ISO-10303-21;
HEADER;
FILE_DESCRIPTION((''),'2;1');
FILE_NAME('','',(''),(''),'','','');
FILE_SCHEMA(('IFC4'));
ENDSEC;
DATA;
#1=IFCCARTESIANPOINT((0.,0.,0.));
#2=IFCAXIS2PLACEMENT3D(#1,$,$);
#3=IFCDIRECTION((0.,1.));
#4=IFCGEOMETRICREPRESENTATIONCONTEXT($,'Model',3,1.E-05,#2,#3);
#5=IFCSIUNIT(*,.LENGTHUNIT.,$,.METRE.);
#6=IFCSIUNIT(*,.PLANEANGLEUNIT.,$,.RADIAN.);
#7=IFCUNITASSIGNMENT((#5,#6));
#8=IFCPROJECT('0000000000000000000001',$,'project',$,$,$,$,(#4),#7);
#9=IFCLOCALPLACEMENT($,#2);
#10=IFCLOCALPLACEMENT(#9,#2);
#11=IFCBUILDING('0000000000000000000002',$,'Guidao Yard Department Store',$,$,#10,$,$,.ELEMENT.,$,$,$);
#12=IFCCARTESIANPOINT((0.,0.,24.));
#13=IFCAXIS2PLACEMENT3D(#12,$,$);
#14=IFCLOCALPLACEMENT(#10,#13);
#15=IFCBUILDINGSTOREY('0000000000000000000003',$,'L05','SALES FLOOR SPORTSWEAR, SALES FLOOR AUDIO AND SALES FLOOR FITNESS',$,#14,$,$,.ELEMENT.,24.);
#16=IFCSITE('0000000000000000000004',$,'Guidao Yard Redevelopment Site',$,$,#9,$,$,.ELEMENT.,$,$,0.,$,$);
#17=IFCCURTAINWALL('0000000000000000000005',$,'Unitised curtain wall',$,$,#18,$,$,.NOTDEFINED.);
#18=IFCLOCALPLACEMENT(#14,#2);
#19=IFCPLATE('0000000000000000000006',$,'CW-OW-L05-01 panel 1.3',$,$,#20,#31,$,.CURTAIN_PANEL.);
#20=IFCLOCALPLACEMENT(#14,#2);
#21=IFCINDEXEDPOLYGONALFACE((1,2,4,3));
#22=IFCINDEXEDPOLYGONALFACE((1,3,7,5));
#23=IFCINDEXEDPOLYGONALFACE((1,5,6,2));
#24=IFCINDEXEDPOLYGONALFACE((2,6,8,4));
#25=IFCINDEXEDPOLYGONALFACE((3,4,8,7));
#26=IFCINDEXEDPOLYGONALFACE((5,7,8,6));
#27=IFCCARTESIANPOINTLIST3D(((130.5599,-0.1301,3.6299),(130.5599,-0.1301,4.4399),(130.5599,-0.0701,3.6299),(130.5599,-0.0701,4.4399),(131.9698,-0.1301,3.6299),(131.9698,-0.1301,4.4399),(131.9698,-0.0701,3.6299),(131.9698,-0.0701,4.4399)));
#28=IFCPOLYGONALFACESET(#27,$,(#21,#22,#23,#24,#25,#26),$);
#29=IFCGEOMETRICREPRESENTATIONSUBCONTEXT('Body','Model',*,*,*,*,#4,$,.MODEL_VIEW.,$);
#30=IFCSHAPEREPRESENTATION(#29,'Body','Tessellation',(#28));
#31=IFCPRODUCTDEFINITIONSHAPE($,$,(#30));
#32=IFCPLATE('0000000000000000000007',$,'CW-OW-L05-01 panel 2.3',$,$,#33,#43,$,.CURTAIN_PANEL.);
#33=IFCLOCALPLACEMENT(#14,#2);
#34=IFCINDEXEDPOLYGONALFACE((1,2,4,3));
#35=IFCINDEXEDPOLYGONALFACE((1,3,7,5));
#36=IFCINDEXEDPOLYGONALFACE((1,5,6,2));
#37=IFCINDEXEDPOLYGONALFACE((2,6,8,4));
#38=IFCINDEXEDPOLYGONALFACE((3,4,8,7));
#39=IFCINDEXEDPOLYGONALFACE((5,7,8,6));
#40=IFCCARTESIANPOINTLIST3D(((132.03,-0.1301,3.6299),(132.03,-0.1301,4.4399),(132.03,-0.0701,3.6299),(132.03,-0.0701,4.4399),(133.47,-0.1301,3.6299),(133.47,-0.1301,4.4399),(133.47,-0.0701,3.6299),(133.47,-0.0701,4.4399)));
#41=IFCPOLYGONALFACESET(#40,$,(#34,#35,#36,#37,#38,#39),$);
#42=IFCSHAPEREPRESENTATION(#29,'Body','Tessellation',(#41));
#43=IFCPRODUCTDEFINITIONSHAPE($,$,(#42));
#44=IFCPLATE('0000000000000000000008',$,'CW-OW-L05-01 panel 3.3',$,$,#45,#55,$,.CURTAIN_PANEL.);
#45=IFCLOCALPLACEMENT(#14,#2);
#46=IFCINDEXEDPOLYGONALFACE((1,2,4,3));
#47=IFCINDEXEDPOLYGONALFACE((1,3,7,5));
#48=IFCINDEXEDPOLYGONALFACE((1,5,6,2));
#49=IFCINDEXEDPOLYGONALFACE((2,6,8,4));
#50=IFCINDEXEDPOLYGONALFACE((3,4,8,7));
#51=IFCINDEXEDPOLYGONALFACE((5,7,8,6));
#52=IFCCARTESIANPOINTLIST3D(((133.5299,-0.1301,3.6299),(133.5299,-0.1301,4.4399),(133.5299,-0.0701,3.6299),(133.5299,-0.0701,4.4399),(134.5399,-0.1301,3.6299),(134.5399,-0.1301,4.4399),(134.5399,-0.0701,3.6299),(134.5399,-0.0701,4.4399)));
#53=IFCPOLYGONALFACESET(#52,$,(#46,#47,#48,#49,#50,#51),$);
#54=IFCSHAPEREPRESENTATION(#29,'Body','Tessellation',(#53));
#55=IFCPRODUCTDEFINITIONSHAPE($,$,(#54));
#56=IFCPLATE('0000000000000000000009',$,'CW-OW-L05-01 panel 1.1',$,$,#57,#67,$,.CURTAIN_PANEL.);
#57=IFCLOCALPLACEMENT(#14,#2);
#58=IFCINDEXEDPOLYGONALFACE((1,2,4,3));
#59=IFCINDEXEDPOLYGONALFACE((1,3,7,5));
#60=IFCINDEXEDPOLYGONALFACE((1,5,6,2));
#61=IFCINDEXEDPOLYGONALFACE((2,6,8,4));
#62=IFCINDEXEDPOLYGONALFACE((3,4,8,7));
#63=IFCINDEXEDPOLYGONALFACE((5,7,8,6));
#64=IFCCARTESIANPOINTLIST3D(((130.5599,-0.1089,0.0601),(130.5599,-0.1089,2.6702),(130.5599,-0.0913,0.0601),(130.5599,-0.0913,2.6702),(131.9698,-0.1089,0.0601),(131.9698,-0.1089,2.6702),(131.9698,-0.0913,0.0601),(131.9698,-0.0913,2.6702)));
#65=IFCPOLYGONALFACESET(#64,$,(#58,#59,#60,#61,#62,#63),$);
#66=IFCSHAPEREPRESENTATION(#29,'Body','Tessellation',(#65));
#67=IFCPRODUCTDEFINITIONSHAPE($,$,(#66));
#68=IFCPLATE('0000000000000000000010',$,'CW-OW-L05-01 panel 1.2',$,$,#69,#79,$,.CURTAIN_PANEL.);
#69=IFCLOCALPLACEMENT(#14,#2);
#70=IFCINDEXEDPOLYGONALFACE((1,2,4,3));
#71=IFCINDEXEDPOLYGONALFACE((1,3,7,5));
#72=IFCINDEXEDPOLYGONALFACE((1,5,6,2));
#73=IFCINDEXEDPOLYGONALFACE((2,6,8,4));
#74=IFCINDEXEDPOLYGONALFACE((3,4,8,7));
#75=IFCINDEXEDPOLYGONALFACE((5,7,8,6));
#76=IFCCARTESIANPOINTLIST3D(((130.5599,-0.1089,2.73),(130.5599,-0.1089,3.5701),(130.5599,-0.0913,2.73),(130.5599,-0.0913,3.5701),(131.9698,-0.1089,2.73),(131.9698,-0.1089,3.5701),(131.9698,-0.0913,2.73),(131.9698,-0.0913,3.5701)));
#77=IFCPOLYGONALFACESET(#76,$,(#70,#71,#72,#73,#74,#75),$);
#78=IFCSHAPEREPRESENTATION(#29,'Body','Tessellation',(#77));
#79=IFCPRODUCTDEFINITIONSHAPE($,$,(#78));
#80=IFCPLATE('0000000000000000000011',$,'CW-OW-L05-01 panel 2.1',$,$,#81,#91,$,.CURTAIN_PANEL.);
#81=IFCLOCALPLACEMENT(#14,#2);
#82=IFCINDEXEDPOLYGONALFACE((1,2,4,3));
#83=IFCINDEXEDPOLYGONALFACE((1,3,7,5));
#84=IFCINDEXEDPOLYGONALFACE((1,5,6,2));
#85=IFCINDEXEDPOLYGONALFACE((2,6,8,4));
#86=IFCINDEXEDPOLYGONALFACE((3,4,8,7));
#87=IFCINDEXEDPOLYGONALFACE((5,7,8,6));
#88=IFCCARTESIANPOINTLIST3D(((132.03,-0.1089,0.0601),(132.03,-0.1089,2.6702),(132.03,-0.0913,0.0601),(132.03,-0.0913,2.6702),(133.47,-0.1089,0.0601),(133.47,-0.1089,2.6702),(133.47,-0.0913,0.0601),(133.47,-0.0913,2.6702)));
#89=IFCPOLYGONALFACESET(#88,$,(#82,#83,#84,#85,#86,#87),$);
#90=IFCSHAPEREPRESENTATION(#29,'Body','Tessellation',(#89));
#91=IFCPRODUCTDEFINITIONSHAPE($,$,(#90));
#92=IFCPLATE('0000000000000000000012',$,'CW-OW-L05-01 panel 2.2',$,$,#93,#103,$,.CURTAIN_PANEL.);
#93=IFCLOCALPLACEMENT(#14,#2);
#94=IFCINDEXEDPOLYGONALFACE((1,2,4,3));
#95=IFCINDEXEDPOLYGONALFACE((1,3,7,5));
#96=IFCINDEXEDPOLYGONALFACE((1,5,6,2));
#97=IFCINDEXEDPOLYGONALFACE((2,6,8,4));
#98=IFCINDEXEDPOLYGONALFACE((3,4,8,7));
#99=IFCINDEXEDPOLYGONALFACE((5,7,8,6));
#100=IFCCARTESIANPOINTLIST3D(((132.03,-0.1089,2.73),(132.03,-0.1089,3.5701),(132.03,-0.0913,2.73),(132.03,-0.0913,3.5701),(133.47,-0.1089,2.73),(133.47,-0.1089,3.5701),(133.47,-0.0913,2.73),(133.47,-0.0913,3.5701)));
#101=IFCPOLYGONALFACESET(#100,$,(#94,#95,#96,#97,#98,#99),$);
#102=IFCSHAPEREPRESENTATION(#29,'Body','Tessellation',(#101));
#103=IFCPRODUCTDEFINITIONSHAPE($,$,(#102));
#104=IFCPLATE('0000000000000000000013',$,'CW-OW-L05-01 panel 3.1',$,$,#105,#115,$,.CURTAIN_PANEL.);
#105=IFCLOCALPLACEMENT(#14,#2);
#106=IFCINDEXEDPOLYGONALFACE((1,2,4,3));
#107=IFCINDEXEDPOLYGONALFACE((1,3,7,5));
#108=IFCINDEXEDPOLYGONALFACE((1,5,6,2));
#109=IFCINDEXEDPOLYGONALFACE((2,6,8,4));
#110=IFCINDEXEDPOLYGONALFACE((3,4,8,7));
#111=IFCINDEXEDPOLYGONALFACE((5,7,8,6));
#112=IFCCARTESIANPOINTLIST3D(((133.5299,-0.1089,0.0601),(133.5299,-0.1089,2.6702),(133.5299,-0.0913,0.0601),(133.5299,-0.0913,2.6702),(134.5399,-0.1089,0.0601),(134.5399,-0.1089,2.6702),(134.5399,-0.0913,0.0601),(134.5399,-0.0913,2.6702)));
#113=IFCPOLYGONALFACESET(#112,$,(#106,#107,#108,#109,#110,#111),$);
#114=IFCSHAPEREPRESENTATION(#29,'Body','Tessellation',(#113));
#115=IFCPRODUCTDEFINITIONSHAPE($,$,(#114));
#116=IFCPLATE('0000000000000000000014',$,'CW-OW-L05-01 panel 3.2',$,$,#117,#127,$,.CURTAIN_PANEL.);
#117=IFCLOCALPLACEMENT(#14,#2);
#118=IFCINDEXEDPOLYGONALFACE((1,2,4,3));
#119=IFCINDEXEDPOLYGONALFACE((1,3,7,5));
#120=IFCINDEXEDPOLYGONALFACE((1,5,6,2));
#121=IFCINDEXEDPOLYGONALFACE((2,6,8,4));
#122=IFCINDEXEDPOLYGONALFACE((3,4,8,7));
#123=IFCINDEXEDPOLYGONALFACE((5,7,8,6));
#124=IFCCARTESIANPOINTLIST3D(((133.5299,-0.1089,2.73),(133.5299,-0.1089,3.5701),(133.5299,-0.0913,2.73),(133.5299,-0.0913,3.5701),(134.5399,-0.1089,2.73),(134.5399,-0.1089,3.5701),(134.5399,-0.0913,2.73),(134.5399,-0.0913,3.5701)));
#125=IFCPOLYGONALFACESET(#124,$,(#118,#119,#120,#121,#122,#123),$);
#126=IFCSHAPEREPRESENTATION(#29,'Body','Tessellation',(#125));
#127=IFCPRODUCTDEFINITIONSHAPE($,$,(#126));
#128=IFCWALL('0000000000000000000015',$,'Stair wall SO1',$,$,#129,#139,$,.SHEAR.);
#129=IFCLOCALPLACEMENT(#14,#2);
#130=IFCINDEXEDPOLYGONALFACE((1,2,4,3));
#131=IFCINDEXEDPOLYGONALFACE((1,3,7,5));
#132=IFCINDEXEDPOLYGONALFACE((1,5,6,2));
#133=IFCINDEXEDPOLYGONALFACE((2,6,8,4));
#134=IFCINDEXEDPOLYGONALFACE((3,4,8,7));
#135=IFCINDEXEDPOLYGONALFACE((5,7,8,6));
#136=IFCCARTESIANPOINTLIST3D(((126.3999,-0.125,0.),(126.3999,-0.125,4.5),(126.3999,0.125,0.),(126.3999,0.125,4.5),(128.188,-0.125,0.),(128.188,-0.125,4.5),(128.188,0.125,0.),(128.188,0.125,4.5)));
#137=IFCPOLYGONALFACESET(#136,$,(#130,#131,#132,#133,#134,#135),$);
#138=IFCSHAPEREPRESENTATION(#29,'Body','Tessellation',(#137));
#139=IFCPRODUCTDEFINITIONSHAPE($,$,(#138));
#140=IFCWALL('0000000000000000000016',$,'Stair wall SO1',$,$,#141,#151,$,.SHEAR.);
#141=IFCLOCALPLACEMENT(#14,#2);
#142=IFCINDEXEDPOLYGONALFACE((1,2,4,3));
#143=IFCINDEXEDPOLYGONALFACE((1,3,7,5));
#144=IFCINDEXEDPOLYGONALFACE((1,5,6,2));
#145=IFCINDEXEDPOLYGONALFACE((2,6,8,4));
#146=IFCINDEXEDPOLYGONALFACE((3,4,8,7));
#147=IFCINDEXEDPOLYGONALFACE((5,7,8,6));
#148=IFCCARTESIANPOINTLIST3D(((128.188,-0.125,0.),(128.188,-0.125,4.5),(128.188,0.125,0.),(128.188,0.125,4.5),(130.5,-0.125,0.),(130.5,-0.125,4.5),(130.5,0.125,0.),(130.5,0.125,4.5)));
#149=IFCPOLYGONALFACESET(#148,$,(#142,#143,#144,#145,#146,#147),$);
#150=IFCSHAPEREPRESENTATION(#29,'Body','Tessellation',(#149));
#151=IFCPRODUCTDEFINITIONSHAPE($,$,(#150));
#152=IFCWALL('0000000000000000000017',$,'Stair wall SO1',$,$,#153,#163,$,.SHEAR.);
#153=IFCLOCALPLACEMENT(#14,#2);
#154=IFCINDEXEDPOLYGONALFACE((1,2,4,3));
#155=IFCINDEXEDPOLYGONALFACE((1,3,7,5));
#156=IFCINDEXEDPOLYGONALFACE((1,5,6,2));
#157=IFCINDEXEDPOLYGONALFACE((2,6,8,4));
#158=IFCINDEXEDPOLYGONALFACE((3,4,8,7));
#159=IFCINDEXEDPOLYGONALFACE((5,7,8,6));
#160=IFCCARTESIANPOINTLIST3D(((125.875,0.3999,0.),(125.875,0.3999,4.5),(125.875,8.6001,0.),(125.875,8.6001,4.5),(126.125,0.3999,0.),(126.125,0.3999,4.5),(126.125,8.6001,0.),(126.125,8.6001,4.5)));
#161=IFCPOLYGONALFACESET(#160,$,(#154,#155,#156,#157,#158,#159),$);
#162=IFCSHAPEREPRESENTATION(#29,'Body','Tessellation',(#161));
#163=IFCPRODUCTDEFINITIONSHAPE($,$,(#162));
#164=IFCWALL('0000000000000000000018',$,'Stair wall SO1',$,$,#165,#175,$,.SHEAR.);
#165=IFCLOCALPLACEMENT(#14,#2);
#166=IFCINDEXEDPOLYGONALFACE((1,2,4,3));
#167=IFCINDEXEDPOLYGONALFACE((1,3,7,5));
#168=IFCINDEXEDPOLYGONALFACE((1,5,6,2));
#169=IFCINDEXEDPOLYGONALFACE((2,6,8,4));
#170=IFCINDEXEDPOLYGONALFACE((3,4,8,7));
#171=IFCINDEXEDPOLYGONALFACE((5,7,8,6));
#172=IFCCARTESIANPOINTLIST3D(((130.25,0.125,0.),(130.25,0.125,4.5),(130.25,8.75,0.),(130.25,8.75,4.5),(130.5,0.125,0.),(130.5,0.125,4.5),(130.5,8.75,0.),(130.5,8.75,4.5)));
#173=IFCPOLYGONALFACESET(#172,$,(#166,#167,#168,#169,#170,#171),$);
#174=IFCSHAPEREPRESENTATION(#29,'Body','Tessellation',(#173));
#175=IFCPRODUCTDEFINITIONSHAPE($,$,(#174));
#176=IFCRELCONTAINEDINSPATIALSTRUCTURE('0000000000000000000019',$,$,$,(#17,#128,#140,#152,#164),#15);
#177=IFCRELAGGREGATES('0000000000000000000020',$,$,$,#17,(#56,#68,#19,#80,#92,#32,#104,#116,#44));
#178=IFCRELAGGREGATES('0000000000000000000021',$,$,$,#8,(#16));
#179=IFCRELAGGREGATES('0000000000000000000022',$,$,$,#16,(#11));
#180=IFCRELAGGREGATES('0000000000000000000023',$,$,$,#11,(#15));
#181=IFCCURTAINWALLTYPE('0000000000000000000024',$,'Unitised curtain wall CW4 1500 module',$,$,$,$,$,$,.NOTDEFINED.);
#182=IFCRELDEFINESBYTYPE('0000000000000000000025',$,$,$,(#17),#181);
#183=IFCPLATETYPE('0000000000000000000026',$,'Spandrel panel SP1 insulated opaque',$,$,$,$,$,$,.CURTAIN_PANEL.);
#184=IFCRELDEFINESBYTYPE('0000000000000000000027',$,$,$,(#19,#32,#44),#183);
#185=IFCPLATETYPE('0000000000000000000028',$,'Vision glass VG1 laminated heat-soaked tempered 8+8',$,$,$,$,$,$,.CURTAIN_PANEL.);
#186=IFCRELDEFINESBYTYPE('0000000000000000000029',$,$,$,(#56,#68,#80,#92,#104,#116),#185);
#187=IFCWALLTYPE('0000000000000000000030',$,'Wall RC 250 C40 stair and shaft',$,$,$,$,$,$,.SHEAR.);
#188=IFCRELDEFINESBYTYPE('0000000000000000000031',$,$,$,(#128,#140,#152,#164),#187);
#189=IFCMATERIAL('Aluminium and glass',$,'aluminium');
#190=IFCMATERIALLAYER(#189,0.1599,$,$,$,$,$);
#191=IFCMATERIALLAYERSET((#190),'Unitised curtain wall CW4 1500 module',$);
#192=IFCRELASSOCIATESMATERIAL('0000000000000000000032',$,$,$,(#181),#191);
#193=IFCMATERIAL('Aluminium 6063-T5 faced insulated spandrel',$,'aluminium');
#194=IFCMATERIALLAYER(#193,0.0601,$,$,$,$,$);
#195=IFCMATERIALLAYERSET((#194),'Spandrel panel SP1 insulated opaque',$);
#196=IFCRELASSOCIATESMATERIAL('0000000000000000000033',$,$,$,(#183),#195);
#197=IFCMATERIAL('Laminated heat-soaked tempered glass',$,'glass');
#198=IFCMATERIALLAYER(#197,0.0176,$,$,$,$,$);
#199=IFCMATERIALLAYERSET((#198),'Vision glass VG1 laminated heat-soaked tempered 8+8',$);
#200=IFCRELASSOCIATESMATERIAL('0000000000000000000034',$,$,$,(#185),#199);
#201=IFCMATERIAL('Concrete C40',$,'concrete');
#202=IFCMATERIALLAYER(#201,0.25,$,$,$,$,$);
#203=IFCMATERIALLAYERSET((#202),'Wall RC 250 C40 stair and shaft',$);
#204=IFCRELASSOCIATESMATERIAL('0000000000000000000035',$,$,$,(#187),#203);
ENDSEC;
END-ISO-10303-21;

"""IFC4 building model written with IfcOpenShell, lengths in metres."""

from ifc_helpers import new_model, si_unit, direction, frame, frame_2d, origin, origin_2d, place, context, subcontext, project, spatial, rectangle, extrude, material, layer, layer_set, type_object, element, aggregate, save


model = new_model("IFC4")

# Units and contexts
model_context = context("Model", 3, precision=1e-05, world=origin(), true_north=direction((0.0, 1.0)))
body_context = subcontext(model_context, "Body", "Model", "MODEL_VIEW")
ifc_project = project(units=[si_unit("LENGTHUNIT", "METRE"), si_unit("PLANEANGLEUNIT", "RADIAN")], contexts=[model_context])

# Site, building, storey
site_placement = place(None, origin())
site = spatial("IfcSite", under=ifc_project, at=site_placement, Name="Guidao Yard Redevelopment Site", CompositionType="ELEMENT", RefElevation=0.0)
building_placement = place(site_placement, origin())
building = spatial("IfcBuilding", under=site, at=building_placement, Name="Guidao Yard Department Store", CompositionType="ELEMENT")
storey_placement = place(building_placement, frame((0.0, 0.0, 24.0)))
storey = spatial("IfcBuildingStorey", under=building, at=storey_placement, Name="L05", Description="SALES FLOOR SPORTSWEAR, SALES FLOOR AUDIO AND SALES FLOOR FITNESS", CompositionType="ELEMENT", Elevation=24.0)

# Curtain wall, plates
ifc_material_1 = material(Name="Aluminium and glass", Category="aluminium")
ifc_layer_1 = layer(ifc_material_1, 0.1599)
ifc_layer_set_1 = layer_set([ifc_layer_1], Name="Unitised curtain wall CW4 1500 module")
curtain_wall_type = type_object("IfcCurtainWallType", Name="Unitised curtain wall CW4 1500 module", PredefinedType="NOTDEFINED", material=ifc_layer_set_1)
curtain_wall_placement = place(storey_placement, origin())
curtain_wall = element("IfcCurtainWall", 1, at=curtain_wall_placement, inside=storey, type_object=curtain_wall_type, Name="Unitised curtain wall", PredefinedType="NOTDEFINED")
ifc_material_2 = material(Name="Aluminium 6063-T5 faced insulated spandrel", Category="aluminium")
ifc_layer_2 = layer(ifc_material_2, 0.0601)
ifc_layer_set_2 = layer_set([ifc_layer_2], Name="Spandrel panel SP1 insulated opaque")
plate_type_1 = type_object("IfcPlateType", Name="Spandrel panel SP1 insulated opaque", PredefinedType="CURTAIN_PANEL", material=ifc_layer_set_2)
plate_1_placement = place(storey_placement, frame((131.2649, -0.1001, 3.6299), z_axis=(0.0, 0.0, 1.0), x_axis=(-1.0, 0.0, 0.0)))
plate_1 = element("IfcPlate", 2, at=plate_1_placement, type_object=plate_type_1, Name="CW-OW-L05-01 panel 1.3", PredefinedType="CURTAIN_PANEL", context=body_context, shape_type="SweptSolid", body=[
    extrude(rectangle(XDim=1.4099, YDim=0.0601, at=origin_2d()), origin(), (0.0, 0.0, 1.0), 0.8101),
])
plate_2_placement = place(storey_placement, frame((132.75, -0.1001, 3.6299), z_axis=(0.0, 0.0, 1.0), x_axis=(-1.0, 0.0, 0.0)))
plate_2 = element("IfcPlate", 3, at=plate_2_placement, type_object=plate_type_1, Name="CW-OW-L05-01 panel 2.3", PredefinedType="CURTAIN_PANEL", context=body_context, shape_type="SweptSolid", body=[
    extrude(rectangle(XDim=1.4399, YDim=0.0601, at=origin_2d()), origin(), (0.0, 0.0, 1.0), 0.8101),
])
plate_3_placement = place(storey_placement, frame((134.0349, -0.1001, 3.6299), z_axis=(0.0, 0.0, 1.0), x_axis=(-1.0, 0.0, 0.0)))
plate_3 = element("IfcPlate", 4, at=plate_3_placement, type_object=plate_type_1, Name="CW-OW-L05-01 panel 3.3", PredefinedType="CURTAIN_PANEL", context=body_context, shape_type="SweptSolid", body=[
    extrude(rectangle(XDim=1.01, YDim=0.0601, at=origin_2d()), origin(), (0.0, 0.0, 1.0), 0.8101),
])
ifc_material_3 = material(Name="Laminated heat-soaked tempered glass", Category="glass")
ifc_layer_3 = layer(ifc_material_3, 0.0176)
ifc_layer_set_3 = layer_set([ifc_layer_3], Name="Vision glass VG1 laminated heat-soaked tempered 8+8")
plate_type_2 = type_object("IfcPlateType", Name="Vision glass VG1 laminated heat-soaked tempered 8+8", PredefinedType="CURTAIN_PANEL", material=ifc_layer_set_3)
plate_4_placement = place(storey_placement, frame((131.2649, -0.1001, 0.0601), z_axis=(0.0, 0.0, 1.0), x_axis=(-1.0, 0.0, 0.0)))
plate_4 = element("IfcPlate", 5, at=plate_4_placement, type_object=plate_type_2, Name="CW-OW-L05-01 panel 1.1", PredefinedType="CURTAIN_PANEL", context=body_context, shape_type="SweptSolid", body=[
    extrude(rectangle(XDim=1.4099, YDim=0.0176, at=origin_2d()), origin(), (0.0, 0.0, 1.0), 2.6101),
])
plate_5_placement = place(storey_placement, frame((131.2649, -0.1001, 2.73), z_axis=(0.0, 0.0, 1.0), x_axis=(-1.0, 0.0, 0.0)))
plate_5 = element("IfcPlate", 6, at=plate_5_placement, type_object=plate_type_2, Name="CW-OW-L05-01 panel 1.2", PredefinedType="CURTAIN_PANEL", context=body_context, shape_type="SweptSolid", body=[
    extrude(rectangle(XDim=1.4099, YDim=0.0176, at=origin_2d()), origin(), (0.0, 0.0, 1.0), 0.8401),
])
plate_6_placement = place(storey_placement, frame((132.75, -0.1001, 0.0601), z_axis=(0.0, 0.0, 1.0), x_axis=(-1.0, 0.0, 0.0)))
plate_6 = element("IfcPlate", 7, at=plate_6_placement, type_object=plate_type_2, Name="CW-OW-L05-01 panel 2.1", PredefinedType="CURTAIN_PANEL", context=body_context, shape_type="SweptSolid", body=[
    extrude(rectangle(XDim=1.4399, YDim=0.0176, at=origin_2d()), origin(), (0.0, 0.0, 1.0), 2.6101),
])
plate_7_placement = place(storey_placement, frame((132.75, -0.1001, 2.73), z_axis=(0.0, 0.0, 1.0), x_axis=(-1.0, 0.0, 0.0)))
plate_7 = element("IfcPlate", 8, at=plate_7_placement, type_object=plate_type_2, Name="CW-OW-L05-01 panel 2.2", PredefinedType="CURTAIN_PANEL", context=body_context, shape_type="SweptSolid", body=[
    extrude(rectangle(XDim=1.4399, YDim=0.0176, at=origin_2d()), origin(), (0.0, 0.0, 1.0), 0.8401),
])
plate_8_placement = place(storey_placement, frame((134.0349, -0.1001, 0.0601), z_axis=(0.0, 0.0, 1.0), x_axis=(-1.0, 0.0, 0.0)))
plate_8 = element("IfcPlate", 9, at=plate_8_placement, type_object=plate_type_2, Name="CW-OW-L05-01 panel 3.1", PredefinedType="CURTAIN_PANEL", context=body_context, shape_type="SweptSolid", body=[
    extrude(rectangle(XDim=1.01, YDim=0.0176, at=origin_2d()), origin(), (0.0, 0.0, 1.0), 2.6101),
])
plate_9_placement = place(storey_placement, frame((134.0349, -0.1001, 2.73), z_axis=(0.0, 0.0, 1.0), x_axis=(-1.0, 0.0, 0.0)))
plate_9 = element("IfcPlate", 10, at=plate_9_placement, type_object=plate_type_2, Name="CW-OW-L05-01 panel 3.2", PredefinedType="CURTAIN_PANEL", context=body_context, shape_type="SweptSolid", body=[
    extrude(rectangle(XDim=1.01, YDim=0.0176, at=origin_2d()), origin(), (0.0, 0.0, 1.0), 0.8401),
])
aggregate(curtain_wall, [plate_4, plate_5, plate_1, plate_6, plate_7, plate_2, plate_8, plate_9, plate_3])

# Walls
ifc_material_4 = material(Name="Concrete C40", Category="concrete")
ifc_layer_4 = layer(ifc_material_4, 0.25)
ifc_layer_set_4 = layer_set([ifc_layer_4], Name="Wall RC 250 C40 stair and shaft")
wall_type = type_object("IfcWallType", Name="Wall RC 250 C40 stair and shaft", PredefinedType="SHEAR", material=ifc_layer_set_4)
wall_1_placement = place(storey_placement, frame((126.3999, 0.0, 0.0), z_axis=(0.0, 0.0, 1.0), x_axis=(1.0, 0.0, 0.0)))
element("IfcWall", 11, at=wall_1_placement, inside=storey, type_object=wall_type, Name="Stair wall SO1", PredefinedType="SHEAR", context=body_context, shape_type="SweptSolid", body=[
    extrude(rectangle(XDim=1.7881, YDim=0.25, at=frame_2d((0.894, 0.0))), origin(), (0.0, 0.0, 1.0), 4.5),
])
wall_2_placement = place(storey_placement, frame((128.188, 0.0, 0.0), z_axis=(0.0, 0.0, 1.0), x_axis=(1.0, 0.0, 0.0)))
element("IfcWall", 12, at=wall_2_placement, inside=storey, type_object=wall_type, Name="Stair wall SO1", PredefinedType="SHEAR", context=body_context, shape_type="SweptSolid", body=[
    extrude(rectangle(XDim=2.312, YDim=0.25, at=frame_2d((1.156, 0.0))), origin(), (0.0, 0.0, 1.0), 4.5),
])
wall_3_placement = place(storey_placement, frame((126.0, 0.3999, 0.0), z_axis=(0.0, 0.0, 1.0), x_axis=(0.0, 1.0, 0.0)))
element("IfcWall", 13, at=wall_3_placement, inside=storey, type_object=wall_type, Name="Stair wall SO1", PredefinedType="SHEAR", context=body_context, shape_type="SweptSolid", body=[
    extrude(rectangle(XDim=8.2002, YDim=0.25, at=frame_2d((4.1001, 0.0))), origin(), (0.0, 0.0, 1.0), 4.5),
])
wall_4_placement = place(storey_placement, frame((130.375, 0.125, 0.0), z_axis=(0.0, 0.0, 1.0), x_axis=(0.0, 1.0, 0.0)))
element("IfcWall", 14, at=wall_4_placement, inside=storey, type_object=wall_type, Name="Stair wall SO1", PredefinedType="SHEAR", context=body_context, shape_type="SweptSolid", body=[
    extrude(rectangle(XDim=8.625, YDim=0.25, at=frame_2d((4.3125, 0.0))), origin(), (0.0, 0.0, 1.0), 4.5),
])

save(model, "model.ifc")
